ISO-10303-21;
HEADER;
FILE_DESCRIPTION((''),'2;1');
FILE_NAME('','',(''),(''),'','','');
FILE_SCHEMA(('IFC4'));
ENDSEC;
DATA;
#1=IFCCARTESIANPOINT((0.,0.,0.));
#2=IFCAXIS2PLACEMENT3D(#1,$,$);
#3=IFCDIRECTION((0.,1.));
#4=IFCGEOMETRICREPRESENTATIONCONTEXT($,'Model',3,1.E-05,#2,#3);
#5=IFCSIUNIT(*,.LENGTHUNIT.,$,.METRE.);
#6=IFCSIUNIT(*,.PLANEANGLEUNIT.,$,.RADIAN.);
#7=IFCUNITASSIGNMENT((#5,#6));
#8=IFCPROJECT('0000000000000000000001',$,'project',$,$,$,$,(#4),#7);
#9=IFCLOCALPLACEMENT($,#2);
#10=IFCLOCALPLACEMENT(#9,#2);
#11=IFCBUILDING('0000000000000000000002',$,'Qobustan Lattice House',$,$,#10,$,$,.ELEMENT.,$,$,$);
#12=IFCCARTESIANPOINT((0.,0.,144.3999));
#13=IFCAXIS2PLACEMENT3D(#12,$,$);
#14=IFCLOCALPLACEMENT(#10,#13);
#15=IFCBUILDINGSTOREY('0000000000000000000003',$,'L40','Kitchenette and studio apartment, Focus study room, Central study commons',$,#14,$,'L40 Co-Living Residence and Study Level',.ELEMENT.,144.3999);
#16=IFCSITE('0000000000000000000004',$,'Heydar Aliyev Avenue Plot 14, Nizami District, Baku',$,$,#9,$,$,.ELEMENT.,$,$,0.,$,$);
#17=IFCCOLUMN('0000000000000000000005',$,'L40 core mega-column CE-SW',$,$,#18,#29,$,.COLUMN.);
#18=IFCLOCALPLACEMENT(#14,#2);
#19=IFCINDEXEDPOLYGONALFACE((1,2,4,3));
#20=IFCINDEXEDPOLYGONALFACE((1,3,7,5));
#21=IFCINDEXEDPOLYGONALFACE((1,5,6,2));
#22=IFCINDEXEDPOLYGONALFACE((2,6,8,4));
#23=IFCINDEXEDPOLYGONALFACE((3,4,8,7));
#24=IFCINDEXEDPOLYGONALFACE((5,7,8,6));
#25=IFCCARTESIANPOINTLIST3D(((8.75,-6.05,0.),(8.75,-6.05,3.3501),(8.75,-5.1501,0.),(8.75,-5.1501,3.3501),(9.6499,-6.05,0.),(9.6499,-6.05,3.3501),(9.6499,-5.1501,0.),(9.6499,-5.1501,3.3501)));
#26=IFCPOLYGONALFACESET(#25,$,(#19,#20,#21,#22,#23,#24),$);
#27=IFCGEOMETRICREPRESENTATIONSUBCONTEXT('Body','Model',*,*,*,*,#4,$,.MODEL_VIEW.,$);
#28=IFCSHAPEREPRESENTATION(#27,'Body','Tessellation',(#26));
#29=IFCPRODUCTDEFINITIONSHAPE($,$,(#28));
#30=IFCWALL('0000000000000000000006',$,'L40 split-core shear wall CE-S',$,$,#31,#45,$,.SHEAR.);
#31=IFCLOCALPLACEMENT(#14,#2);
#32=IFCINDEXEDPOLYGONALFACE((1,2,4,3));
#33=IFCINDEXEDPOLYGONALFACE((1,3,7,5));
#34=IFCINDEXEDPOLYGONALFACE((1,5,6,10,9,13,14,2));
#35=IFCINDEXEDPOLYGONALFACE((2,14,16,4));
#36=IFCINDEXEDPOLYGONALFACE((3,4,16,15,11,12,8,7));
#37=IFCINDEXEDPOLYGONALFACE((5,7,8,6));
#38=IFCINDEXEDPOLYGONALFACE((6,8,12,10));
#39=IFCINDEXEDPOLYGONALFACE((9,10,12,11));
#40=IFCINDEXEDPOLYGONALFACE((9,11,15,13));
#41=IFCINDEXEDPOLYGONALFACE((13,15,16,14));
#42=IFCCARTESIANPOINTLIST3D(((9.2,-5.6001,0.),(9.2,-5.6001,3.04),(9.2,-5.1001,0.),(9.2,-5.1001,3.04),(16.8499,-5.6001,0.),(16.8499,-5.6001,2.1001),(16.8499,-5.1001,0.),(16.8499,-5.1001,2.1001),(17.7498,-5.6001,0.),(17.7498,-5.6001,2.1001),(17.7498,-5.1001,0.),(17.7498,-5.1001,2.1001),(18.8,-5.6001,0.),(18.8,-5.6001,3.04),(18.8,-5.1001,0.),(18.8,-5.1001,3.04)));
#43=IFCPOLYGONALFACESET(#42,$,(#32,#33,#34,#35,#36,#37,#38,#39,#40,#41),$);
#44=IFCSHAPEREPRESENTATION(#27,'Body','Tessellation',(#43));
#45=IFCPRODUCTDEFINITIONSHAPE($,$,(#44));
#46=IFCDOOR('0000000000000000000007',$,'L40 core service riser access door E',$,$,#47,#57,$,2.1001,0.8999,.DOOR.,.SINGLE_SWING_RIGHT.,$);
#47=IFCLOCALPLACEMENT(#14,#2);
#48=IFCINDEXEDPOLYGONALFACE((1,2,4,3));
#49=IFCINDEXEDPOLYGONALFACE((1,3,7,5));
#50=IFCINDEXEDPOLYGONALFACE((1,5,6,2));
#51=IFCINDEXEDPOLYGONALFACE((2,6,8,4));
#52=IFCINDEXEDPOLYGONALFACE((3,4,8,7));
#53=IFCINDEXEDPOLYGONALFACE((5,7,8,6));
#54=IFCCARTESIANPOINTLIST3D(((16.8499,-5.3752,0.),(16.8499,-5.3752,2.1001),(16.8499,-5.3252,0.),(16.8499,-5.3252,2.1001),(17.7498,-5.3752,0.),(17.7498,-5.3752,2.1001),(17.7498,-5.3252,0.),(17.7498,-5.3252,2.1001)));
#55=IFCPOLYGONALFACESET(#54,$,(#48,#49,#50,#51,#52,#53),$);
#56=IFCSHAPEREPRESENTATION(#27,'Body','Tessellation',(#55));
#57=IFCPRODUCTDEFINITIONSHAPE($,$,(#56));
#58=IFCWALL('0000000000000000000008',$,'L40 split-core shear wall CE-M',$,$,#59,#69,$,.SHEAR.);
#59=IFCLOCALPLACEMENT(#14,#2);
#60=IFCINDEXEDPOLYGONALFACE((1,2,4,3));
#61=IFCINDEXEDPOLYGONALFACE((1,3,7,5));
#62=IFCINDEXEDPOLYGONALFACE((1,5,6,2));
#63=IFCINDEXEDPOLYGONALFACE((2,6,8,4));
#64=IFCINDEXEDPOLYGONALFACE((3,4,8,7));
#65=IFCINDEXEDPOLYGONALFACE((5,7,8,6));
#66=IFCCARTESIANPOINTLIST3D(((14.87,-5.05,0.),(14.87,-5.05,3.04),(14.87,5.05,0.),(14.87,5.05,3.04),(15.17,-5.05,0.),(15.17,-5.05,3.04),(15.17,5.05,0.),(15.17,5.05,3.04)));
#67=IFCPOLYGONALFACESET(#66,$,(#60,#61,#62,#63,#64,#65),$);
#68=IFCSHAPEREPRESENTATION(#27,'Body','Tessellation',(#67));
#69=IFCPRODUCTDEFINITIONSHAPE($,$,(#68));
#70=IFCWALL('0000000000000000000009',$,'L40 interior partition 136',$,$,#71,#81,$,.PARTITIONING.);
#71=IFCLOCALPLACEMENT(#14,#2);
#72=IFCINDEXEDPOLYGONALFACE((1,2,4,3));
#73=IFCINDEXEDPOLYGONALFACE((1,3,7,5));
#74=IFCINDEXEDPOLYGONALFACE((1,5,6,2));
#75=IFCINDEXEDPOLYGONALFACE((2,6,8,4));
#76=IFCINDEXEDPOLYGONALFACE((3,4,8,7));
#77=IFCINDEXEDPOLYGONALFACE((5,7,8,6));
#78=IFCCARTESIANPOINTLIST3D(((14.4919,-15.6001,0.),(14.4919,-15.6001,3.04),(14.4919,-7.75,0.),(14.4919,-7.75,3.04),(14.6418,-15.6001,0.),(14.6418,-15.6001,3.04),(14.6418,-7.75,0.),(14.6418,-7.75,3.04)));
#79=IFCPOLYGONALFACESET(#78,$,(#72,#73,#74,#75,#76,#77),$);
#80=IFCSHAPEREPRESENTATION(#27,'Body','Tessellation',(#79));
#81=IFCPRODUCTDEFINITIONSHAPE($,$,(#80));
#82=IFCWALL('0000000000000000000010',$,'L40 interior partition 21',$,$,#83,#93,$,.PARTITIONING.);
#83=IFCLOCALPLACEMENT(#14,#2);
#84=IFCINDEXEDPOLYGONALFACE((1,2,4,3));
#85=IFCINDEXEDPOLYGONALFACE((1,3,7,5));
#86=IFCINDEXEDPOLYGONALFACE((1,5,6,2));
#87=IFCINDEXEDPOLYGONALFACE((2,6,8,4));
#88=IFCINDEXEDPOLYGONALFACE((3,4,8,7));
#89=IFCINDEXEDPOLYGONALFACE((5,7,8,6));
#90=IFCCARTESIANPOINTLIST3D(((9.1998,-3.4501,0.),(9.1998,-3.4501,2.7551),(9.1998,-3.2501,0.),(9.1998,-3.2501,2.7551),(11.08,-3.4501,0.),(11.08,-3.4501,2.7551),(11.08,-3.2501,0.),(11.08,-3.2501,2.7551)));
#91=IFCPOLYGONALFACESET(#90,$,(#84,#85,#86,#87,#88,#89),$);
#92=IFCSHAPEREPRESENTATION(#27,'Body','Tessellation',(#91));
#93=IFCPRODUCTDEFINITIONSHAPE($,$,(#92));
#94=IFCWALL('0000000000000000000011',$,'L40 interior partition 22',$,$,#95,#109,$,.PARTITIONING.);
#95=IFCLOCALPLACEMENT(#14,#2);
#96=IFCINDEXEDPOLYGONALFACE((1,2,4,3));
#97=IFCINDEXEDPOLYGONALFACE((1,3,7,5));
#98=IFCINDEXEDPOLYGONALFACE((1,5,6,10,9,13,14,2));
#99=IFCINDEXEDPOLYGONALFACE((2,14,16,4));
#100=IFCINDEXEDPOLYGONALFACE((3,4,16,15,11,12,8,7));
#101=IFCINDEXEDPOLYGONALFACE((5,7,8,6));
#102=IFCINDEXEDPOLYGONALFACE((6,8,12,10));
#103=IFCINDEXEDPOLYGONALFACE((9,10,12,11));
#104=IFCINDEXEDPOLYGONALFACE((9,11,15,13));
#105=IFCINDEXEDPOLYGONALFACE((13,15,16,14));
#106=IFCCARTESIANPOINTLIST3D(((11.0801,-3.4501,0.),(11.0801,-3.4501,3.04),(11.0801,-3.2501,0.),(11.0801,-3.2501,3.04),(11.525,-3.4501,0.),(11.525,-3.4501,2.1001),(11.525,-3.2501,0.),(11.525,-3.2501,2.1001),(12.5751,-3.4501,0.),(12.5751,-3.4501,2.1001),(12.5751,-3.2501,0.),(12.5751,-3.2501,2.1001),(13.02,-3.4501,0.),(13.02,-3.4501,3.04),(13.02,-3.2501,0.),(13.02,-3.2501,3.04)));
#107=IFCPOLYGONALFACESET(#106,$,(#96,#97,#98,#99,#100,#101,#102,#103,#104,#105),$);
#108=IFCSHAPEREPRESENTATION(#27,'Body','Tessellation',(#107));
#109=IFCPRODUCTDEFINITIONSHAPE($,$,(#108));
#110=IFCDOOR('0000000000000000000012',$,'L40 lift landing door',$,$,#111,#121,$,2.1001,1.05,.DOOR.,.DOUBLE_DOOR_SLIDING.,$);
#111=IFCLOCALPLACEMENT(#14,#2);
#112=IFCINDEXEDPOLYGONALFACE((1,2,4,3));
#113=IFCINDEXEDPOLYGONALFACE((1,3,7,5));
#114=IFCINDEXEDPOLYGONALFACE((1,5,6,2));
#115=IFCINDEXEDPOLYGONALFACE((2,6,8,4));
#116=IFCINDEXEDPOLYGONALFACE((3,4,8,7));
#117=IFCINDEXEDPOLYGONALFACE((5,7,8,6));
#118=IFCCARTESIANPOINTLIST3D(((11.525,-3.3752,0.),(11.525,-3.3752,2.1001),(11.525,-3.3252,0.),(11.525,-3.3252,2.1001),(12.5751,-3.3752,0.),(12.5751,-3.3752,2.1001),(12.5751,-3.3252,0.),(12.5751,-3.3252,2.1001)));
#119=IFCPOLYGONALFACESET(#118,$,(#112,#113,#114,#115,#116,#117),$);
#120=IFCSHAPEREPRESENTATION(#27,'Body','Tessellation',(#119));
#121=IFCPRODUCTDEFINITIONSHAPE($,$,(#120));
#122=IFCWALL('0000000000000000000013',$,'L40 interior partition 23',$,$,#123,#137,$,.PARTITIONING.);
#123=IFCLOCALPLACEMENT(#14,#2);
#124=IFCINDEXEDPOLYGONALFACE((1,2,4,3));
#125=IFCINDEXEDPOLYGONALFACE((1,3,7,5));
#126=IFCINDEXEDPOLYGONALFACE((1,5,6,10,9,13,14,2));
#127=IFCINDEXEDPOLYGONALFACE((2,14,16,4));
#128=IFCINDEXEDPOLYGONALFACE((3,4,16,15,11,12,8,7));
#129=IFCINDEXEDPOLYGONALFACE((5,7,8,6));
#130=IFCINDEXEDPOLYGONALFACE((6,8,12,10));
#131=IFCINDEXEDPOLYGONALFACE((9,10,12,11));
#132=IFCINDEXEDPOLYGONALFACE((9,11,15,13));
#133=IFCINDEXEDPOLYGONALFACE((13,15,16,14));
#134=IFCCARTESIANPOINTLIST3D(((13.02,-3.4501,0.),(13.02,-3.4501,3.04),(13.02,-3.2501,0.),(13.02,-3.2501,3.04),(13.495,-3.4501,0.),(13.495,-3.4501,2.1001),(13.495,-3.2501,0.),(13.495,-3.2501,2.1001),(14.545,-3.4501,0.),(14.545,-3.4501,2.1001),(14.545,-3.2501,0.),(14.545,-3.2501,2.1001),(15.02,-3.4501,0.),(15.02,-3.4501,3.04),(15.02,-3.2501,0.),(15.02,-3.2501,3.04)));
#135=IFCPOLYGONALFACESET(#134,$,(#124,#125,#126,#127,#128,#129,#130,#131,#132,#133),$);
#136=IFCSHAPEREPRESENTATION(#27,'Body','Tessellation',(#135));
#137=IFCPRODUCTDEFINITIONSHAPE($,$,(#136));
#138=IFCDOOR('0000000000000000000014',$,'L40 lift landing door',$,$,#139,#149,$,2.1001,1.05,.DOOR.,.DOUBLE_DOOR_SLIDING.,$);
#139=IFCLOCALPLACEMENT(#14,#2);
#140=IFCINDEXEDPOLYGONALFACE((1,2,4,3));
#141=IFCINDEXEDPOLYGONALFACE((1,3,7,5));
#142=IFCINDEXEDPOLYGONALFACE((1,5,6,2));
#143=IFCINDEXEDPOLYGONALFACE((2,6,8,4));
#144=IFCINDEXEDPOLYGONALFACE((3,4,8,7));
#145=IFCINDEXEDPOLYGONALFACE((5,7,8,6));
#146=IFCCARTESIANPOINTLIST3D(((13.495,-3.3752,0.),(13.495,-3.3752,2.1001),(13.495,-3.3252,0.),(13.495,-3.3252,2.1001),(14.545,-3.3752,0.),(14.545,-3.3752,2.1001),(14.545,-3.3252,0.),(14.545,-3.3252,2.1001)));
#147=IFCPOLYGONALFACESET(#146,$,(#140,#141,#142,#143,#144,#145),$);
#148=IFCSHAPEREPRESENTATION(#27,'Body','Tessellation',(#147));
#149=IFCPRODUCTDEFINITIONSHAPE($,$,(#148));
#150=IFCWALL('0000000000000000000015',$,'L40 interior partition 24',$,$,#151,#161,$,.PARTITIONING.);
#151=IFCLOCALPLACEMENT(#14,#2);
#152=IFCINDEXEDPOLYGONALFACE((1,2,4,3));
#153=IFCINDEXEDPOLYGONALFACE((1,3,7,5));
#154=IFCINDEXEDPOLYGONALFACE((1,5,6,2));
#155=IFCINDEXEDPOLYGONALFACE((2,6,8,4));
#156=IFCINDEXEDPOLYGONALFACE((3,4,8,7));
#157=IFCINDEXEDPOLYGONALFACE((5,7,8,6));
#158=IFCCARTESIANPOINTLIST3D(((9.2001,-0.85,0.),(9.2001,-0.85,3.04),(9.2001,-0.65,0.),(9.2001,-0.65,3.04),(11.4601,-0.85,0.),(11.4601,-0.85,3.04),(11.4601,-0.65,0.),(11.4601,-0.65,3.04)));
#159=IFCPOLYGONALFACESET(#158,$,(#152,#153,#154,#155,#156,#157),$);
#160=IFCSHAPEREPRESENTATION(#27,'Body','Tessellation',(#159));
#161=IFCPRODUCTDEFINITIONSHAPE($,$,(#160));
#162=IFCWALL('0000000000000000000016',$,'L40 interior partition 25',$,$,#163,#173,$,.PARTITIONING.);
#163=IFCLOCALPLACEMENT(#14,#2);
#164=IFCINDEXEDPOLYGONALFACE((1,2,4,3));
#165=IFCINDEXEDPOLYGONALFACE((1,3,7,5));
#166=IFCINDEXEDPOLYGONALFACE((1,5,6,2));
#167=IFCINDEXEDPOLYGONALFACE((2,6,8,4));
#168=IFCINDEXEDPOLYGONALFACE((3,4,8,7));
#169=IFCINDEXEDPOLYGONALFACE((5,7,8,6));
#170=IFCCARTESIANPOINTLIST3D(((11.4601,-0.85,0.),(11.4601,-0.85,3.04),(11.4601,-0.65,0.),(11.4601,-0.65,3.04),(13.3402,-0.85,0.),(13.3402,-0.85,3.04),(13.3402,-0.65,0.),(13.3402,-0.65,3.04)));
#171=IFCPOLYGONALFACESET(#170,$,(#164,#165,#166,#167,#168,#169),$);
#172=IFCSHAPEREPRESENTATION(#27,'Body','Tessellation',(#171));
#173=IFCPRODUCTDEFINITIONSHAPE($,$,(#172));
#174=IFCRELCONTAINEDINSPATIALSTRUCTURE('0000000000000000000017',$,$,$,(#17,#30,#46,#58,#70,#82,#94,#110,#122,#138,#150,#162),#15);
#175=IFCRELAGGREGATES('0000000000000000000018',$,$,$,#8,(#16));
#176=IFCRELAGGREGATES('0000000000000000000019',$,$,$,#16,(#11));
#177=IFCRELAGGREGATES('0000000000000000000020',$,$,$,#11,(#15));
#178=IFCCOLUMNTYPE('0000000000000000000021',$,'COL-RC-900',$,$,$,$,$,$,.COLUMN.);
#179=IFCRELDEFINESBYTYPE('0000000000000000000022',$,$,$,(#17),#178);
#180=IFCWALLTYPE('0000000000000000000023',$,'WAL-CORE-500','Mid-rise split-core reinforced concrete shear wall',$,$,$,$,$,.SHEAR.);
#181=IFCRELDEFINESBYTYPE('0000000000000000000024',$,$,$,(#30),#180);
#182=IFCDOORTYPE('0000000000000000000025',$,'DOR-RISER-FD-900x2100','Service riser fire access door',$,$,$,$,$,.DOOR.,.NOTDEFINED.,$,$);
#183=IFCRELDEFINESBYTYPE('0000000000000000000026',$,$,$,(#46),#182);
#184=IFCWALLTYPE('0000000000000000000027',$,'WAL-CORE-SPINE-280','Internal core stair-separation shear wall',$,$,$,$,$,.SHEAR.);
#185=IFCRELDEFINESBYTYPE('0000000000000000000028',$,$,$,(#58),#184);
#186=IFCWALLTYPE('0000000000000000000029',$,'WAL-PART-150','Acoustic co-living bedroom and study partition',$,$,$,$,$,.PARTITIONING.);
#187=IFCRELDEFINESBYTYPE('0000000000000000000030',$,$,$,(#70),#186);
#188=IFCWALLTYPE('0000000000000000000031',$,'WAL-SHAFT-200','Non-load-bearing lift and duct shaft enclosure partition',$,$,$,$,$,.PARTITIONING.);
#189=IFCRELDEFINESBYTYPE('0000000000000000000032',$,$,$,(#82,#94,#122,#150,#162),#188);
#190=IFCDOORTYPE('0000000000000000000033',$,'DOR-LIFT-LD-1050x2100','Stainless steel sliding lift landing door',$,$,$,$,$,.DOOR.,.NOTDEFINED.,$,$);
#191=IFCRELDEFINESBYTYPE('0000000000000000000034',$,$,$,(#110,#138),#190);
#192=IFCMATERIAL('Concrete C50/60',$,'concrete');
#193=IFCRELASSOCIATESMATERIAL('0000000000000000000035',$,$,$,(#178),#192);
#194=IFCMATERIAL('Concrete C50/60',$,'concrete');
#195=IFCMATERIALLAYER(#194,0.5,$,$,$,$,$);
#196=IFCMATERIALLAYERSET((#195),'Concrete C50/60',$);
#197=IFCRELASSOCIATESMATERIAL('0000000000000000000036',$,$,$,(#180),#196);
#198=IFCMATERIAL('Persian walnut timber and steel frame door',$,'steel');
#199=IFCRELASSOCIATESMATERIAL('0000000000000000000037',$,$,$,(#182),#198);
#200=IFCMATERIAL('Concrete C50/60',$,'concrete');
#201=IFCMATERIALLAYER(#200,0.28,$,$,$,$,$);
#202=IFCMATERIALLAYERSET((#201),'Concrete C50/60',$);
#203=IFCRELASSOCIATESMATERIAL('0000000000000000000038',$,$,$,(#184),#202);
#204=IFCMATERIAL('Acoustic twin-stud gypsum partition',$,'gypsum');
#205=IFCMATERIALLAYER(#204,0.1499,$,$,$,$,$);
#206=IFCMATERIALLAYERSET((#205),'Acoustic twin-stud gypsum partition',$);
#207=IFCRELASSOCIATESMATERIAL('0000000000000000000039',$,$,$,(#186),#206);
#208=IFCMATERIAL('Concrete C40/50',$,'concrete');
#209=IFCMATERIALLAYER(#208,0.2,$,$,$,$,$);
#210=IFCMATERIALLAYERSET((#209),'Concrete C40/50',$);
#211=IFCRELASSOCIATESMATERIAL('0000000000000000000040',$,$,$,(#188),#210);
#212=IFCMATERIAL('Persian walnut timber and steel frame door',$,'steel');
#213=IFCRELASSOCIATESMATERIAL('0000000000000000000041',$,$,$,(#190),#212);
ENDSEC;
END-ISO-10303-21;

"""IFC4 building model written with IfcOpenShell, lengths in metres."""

from ifc_helpers import new_model, si_unit, direction, frame, frame_2d, origin, origin_2d, place, context, subcontext, project, spatial, rectangle, extrude, material, layer, layer_set, material_profile, profile_set, type_object, element, fill, save


model = new_model("IFC4")

# Units and contexts
model_context = context("Model", 3, precision=1e-05, world=origin(), true_north=direction((0.0, 1.0)))
body_context = subcontext(model_context, "Body", "Model", "MODEL_VIEW")
ifc_project = project(units=[si_unit("LENGTHUNIT", "METRE"), si_unit("PLANEANGLEUNIT", "RADIAN")], contexts=[model_context])

# Site, building, storey
site_placement = place(None, origin())
site = spatial("IfcSite", under=ifc_project, at=site_placement, Name="Heydar Aliyev Avenue Plot 14, Nizami District, Baku", CompositionType="ELEMENT", RefElevation=0.0)
building_placement = place(site_placement, origin())
building = spatial("IfcBuilding", under=site, at=building_placement, Name="Qobustan Lattice House", CompositionType="ELEMENT")
storey_placement = place(building_placement, frame((0.0, 0.0, 144.3999)))
storey = spatial("IfcBuildingStorey", under=building, at=storey_placement, Name="L40", Description="Kitchenette and studio apartment, Focus study room, Central study commons", LongName="L40 Co-Living Residence and Study Level", CompositionType="ELEMENT", Elevation=144.3999)

# Column
ifc_material_1 = material(Name="Concrete C50/60", Category="concrete")
ifc_material_profile = material_profile(ifc_material_1, rectangle(XDim=0.8999, YDim=0.8999, at=origin_2d()), Name="RC900x900")
ifc_profile_set = profile_set([ifc_material_profile], Name="Concrete C50/60")
column_type = type_object("IfcColumnType", Name="COL-RC-900", PredefinedType="COLUMN", material=ifc_profile_set)
column_placement = place(storey_placement, frame((9.2, -5.6001, 0.0), z_axis=(0.0, 0.0, 1.0), x_axis=(1.0, 0.0, 0.0)))
element("IfcColumn", 1, at=column_placement, inside=storey, type_object=column_type, Name="L40 core mega-column CE-SW", PredefinedType="COLUMN", context=body_context, shape_type="SweptSolid", body=[
    extrude(rectangle(XDim=0.8999, YDim=0.8999, at=origin_2d()), origin(), (0.0, 0.0, 1.0), 3.3501),
])

# Wall, opening, door
ifc_material_2 = material(Name="Concrete C50/60", Category="concrete")
ifc_layer_1 = layer(ifc_material_2, 0.5)
ifc_layer_set_1 = layer_set([ifc_layer_1], Name="Concrete C50/60")
wall_type_1 = type_object("IfcWallType", Name="WAL-CORE-500", Description="Mid-rise split-core reinforced concrete shear wall", PredefinedType="SHEAR", material=ifc_layer_set_1)
wall_1_placement = place(storey_placement, frame((9.2, -5.3501, 0.0), z_axis=(0.0, 0.0, 1.0), x_axis=(1.0, 0.0, 0.0)))
wall_1 = element("IfcWall", 2, at=wall_1_placement, inside=storey, type_object=wall_type_1, Name="L40 split-core shear wall CE-S", PredefinedType="SHEAR", context=body_context, shape_type="SweptSolid", body=[
    extrude(rectangle(XDim=9.6001, YDim=0.5, at=frame_2d((4.8, 0.0))), origin(), (0.0, 0.0, 1.0), 3.04),
])
opening_1_placement = place(wall_1_placement, frame((7.6499, 0.0, 0.0)))
opening_1 = element("IfcOpeningElement", 3, at=opening_1_placement, cuts=wall_1, PredefinedType="OPENING", context=body_context, shape_type="SweptSolid", body=[
    extrude(rectangle(XDim=0.8999, YDim=2.1001, at=frame_2d((0.45, 1.05))), frame((0.0, 0.26, 0.0), z_axis=(0.0, -1.0, 0.0), x_axis=(1.0, 0.0, 0.0)), (0.0, 0.0, 1.0), 0.52),
])
ifc_material_3 = material(Name="Persian walnut timber and steel frame door", Category="steel")
door_type_1 = type_object("IfcDoorType", Name="DOR-RISER-FD-900x2100", Description="Service riser fire access door", OperationType="NOTDEFINED", PredefinedType="DOOR", material=ifc_material_3)
door_1_placement = place(opening_1_placement, origin())
door_1 = element("IfcDoor", 4, at=door_1_placement, inside=storey, type_object=door_type_1, Name="L40 core service riser access door E", OperationType="SINGLE_SWING_RIGHT", OverallHeight=2.1001, OverallWidth=0.8999, PredefinedType="DOOR", context=body_context, shape_type="SweptSolid", body=[
    extrude(rectangle(XDim=0.8999, YDim=2.1001, at=frame_2d((0.45, 1.05))), frame((0.0, 0.0249, 0.0), z_axis=(0.0, -1.0, 0.0), x_axis=(1.0, 0.0, 0.0)), (0.0, 0.0, 1.0), 0.05),
])
fill(opening_1, door_1)

# Wall
ifc_material_4 = material(Name="Concrete C50/60", Category="concrete")
ifc_layer_2 = layer(ifc_material_4, 0.28)
ifc_layer_set_2 = layer_set([ifc_layer_2], Name="Concrete C50/60")
wall_type_2 = type_object("IfcWallType", Name="WAL-CORE-SPINE-280", Description="Internal core stair-separation shear wall", PredefinedType="SHEAR", material=ifc_layer_set_2)
wall_2_placement = place(storey_placement, frame((15.02, -5.05, 0.0), z_axis=(0.0, 0.0, 1.0), x_axis=(0.0, 1.0, 0.0)))
element("IfcWall", 5, at=wall_2_placement, inside=storey, type_object=wall_type_2, Name="L40 split-core shear wall CE-M", PredefinedType="SHEAR", context=body_context, shape_type="SweptSolid", body=[
    extrude(rectangle(XDim=10.1001, YDim=0.3, at=frame_2d((5.05, 0.0))), origin(), (0.0, 0.0, 1.0), 3.04),
])

# Walls
ifc_material_5 = material(Name="Acoustic twin-stud gypsum partition", Category="gypsum")
ifc_layer_3 = layer(ifc_material_5, 0.1499)
ifc_layer_set_3 = layer_set([ifc_layer_3], Name="Acoustic twin-stud gypsum partition")
wall_type_3 = type_object("IfcWallType", Name="WAL-PART-150", Description="Acoustic co-living bedroom and study partition", PredefinedType="PARTITIONING", material=ifc_layer_set_3)
wall_3_placement = place(storey_placement, frame((14.5669, -7.75, 0.0), z_axis=(0.0, 0.0, 1.0), x_axis=(0.0, -1.0, 0.0)))
element("IfcWall", 6, at=wall_3_placement, inside=storey, type_object=wall_type_3, Name="L40 interior partition 136", PredefinedType="PARTITIONING", context=body_context, shape_type="SweptSolid", body=[
    extrude(rectangle(XDim=7.8501, YDim=0.1499, at=frame_2d((3.925, 0.0))), origin(), (0.0, 0.0, 1.0), 3.04),
])
ifc_material_6 = material(Name="Concrete C40/50", Category="concrete")
ifc_layer_4 = layer(ifc_material_6, 0.2)
ifc_layer_set_4 = layer_set([ifc_layer_4], Name="Concrete C40/50")
wall_type_4 = type_object("IfcWallType", Name="WAL-SHAFT-200", Description="Non-load-bearing lift and duct shaft enclosure partition", PredefinedType="PARTITIONING", material=ifc_layer_set_4)
wall_4_placement = place(storey_placement, frame((9.2, -3.3501, 0.0), z_axis=(0.0, 0.0, 1.0), x_axis=(1.0, 0.0, 0.0)))
element("IfcWall", 7, at=wall_4_placement, inside=storey, type_object=wall_type_4, Name="L40 interior partition 21", PredefinedType="PARTITIONING", context=body_context, shape_type="SweptSolid", body=[
    extrude(rectangle(XDim=1.8801, YDim=0.2, at=frame_2d((0.9399, 0.0))), origin(), (0.0, 0.0, 1.0), 2.7551),
])

# Walls, openings, doors
wall_5_placement = place(storey_placement, frame((11.0801, -3.3501, 0.0), z_axis=(0.0, 0.0, 1.0), x_axis=(1.0, 0.0, 0.0)))
wall_5 = element("IfcWall", 8, at=wall_5_placement, inside=storey, type_object=wall_type_4, Name="L40 interior partition 22", PredefinedType="PARTITIONING", context=body_context, shape_type="SweptSolid", body=[
    extrude(rectangle(XDim=1.9399, YDim=0.2, at=frame_2d((0.97, 0.0))), origin(), (0.0, 0.0, 1.0), 3.04),
])
opening_2_placement = place(wall_5_placement, frame((0.4451, 0.0, 0.0)))
opening_2 = element("IfcOpeningElement", 9, at=opening_2_placement, cuts=wall_5, PredefinedType="OPENING", context=body_context, shape_type="SweptSolid", body=[
    extrude(rectangle(XDim=1.05, YDim=2.1001, at=frame_2d((0.5249, 1.05))), frame((0.0, 0.1099, 0.0), z_axis=(0.0, -1.0, 0.0), x_axis=(1.0, 0.0, 0.0)), (0.0, 0.0, 1.0), 0.22),
])
ifc_material_7 = material(Name="Persian walnut timber and steel frame door", Category="steel")
door_type_2 = type_object("IfcDoorType", Name="DOR-LIFT-LD-1050x2100", Description="Stainless steel sliding lift landing door", OperationType="NOTDEFINED", PredefinedType="DOOR", material=ifc_material_7)
door_2_placement = place(opening_2_placement, origin())
door_2 = element("IfcDoor", 10, at=door_2_placement, inside=storey, type_object=door_type_2, Name="L40 lift landing door", OperationType="DOUBLE_DOOR_SLIDING", OverallHeight=2.1001, OverallWidth=1.05, PredefinedType="DOOR", context=body_context, shape_type="SweptSolid", body=[
    extrude(rectangle(XDim=1.05, YDim=2.1001, at=frame_2d((0.5249, 1.05))), frame((0.0, 0.0249, 0.0), z_axis=(0.0, -1.0, 0.0), x_axis=(1.0, 0.0, 0.0)), (0.0, 0.0, 1.0), 0.05),
])
fill(opening_2, door_2)
wall_6_placement = place(storey_placement, frame((13.02, -3.3501, 0.0), z_axis=(0.0, 0.0, 1.0), x_axis=(1.0, 0.0, 0.0)))
wall_6 = element("IfcWall", 11, at=wall_6_placement, inside=storey, type_object=wall_type_4, Name="L40 interior partition 23", PredefinedType="PARTITIONING", context=body_context, shape_type="SweptSolid", body=[
    extrude(rectangle(XDim=2.0, YDim=0.2, at=frame_2d((1.0, 0.0))), origin(), (0.0, 0.0, 1.0), 3.04),
])
opening_3_placement = place(wall_6_placement, frame((0.4751, 0.0, 0.0)))
opening_3 = element("IfcOpeningElement", 12, at=opening_3_placement, cuts=wall_6, PredefinedType="OPENING", context=body_context, shape_type="SweptSolid", body=[
    extrude(rectangle(XDim=1.05, YDim=2.1001, at=frame_2d((0.5249, 1.05))), frame((0.0, 0.1099, 0.0), z_axis=(0.0, -1.0, 0.0), x_axis=(1.0, 0.0, 0.0)), (0.0, 0.0, 1.0), 0.22),
])
door_3_placement = place(opening_3_placement, origin())
door_3 = element("IfcDoor", 13, at=door_3_placement, inside=storey, type_object=door_type_2, Name="L40 lift landing door", OperationType="DOUBLE_DOOR_SLIDING", OverallHeight=2.1001, OverallWidth=1.05, PredefinedType="DOOR", context=body_context, shape_type="SweptSolid", body=[
    extrude(rectangle(XDim=1.05, YDim=2.1001, at=frame_2d((0.5249, 1.05))), frame((0.0, 0.0249, 0.0), z_axis=(0.0, -1.0, 0.0), x_axis=(1.0, 0.0, 0.0)), (0.0, 0.0, 1.0), 0.05),
])
fill(opening_3, door_3)

# Walls
wall_7_placement = place(storey_placement, frame((11.46, -0.75, 0.0), z_axis=(0.0, 0.0, 1.0), x_axis=(-1.0, 0.0, 0.0)))
element("IfcWall", 14, at=wall_7_placement, inside=storey, type_object=wall_type_4, Name="L40 interior partition 24", PredefinedType="PARTITIONING", context=body_context, shape_type="SweptSolid", body=[
    extrude(rectangle(XDim=2.26, YDim=0.2, at=frame_2d((1.1299, 0.0))), origin(), (0.0, 0.0, 1.0), 3.04),
])
wall_8_placement = place(storey_placement, frame((13.3401, -0.75, 0.0), z_axis=(0.0, 0.0, 1.0), x_axis=(-1.0, 0.0, 0.0)))
element("IfcWall", 15, at=wall_8_placement, inside=storey, type_object=wall_type_4, Name="L40 interior partition 25", PredefinedType="PARTITIONING", context=body_context, shape_type="SweptSolid", body=[
    extrude(rectangle(XDim=1.8801, YDim=0.2, at=frame_2d((0.9399, 0.0))), origin(), (0.0, 0.0, 1.0), 3.04),
])

save(model, "model.ifc")
